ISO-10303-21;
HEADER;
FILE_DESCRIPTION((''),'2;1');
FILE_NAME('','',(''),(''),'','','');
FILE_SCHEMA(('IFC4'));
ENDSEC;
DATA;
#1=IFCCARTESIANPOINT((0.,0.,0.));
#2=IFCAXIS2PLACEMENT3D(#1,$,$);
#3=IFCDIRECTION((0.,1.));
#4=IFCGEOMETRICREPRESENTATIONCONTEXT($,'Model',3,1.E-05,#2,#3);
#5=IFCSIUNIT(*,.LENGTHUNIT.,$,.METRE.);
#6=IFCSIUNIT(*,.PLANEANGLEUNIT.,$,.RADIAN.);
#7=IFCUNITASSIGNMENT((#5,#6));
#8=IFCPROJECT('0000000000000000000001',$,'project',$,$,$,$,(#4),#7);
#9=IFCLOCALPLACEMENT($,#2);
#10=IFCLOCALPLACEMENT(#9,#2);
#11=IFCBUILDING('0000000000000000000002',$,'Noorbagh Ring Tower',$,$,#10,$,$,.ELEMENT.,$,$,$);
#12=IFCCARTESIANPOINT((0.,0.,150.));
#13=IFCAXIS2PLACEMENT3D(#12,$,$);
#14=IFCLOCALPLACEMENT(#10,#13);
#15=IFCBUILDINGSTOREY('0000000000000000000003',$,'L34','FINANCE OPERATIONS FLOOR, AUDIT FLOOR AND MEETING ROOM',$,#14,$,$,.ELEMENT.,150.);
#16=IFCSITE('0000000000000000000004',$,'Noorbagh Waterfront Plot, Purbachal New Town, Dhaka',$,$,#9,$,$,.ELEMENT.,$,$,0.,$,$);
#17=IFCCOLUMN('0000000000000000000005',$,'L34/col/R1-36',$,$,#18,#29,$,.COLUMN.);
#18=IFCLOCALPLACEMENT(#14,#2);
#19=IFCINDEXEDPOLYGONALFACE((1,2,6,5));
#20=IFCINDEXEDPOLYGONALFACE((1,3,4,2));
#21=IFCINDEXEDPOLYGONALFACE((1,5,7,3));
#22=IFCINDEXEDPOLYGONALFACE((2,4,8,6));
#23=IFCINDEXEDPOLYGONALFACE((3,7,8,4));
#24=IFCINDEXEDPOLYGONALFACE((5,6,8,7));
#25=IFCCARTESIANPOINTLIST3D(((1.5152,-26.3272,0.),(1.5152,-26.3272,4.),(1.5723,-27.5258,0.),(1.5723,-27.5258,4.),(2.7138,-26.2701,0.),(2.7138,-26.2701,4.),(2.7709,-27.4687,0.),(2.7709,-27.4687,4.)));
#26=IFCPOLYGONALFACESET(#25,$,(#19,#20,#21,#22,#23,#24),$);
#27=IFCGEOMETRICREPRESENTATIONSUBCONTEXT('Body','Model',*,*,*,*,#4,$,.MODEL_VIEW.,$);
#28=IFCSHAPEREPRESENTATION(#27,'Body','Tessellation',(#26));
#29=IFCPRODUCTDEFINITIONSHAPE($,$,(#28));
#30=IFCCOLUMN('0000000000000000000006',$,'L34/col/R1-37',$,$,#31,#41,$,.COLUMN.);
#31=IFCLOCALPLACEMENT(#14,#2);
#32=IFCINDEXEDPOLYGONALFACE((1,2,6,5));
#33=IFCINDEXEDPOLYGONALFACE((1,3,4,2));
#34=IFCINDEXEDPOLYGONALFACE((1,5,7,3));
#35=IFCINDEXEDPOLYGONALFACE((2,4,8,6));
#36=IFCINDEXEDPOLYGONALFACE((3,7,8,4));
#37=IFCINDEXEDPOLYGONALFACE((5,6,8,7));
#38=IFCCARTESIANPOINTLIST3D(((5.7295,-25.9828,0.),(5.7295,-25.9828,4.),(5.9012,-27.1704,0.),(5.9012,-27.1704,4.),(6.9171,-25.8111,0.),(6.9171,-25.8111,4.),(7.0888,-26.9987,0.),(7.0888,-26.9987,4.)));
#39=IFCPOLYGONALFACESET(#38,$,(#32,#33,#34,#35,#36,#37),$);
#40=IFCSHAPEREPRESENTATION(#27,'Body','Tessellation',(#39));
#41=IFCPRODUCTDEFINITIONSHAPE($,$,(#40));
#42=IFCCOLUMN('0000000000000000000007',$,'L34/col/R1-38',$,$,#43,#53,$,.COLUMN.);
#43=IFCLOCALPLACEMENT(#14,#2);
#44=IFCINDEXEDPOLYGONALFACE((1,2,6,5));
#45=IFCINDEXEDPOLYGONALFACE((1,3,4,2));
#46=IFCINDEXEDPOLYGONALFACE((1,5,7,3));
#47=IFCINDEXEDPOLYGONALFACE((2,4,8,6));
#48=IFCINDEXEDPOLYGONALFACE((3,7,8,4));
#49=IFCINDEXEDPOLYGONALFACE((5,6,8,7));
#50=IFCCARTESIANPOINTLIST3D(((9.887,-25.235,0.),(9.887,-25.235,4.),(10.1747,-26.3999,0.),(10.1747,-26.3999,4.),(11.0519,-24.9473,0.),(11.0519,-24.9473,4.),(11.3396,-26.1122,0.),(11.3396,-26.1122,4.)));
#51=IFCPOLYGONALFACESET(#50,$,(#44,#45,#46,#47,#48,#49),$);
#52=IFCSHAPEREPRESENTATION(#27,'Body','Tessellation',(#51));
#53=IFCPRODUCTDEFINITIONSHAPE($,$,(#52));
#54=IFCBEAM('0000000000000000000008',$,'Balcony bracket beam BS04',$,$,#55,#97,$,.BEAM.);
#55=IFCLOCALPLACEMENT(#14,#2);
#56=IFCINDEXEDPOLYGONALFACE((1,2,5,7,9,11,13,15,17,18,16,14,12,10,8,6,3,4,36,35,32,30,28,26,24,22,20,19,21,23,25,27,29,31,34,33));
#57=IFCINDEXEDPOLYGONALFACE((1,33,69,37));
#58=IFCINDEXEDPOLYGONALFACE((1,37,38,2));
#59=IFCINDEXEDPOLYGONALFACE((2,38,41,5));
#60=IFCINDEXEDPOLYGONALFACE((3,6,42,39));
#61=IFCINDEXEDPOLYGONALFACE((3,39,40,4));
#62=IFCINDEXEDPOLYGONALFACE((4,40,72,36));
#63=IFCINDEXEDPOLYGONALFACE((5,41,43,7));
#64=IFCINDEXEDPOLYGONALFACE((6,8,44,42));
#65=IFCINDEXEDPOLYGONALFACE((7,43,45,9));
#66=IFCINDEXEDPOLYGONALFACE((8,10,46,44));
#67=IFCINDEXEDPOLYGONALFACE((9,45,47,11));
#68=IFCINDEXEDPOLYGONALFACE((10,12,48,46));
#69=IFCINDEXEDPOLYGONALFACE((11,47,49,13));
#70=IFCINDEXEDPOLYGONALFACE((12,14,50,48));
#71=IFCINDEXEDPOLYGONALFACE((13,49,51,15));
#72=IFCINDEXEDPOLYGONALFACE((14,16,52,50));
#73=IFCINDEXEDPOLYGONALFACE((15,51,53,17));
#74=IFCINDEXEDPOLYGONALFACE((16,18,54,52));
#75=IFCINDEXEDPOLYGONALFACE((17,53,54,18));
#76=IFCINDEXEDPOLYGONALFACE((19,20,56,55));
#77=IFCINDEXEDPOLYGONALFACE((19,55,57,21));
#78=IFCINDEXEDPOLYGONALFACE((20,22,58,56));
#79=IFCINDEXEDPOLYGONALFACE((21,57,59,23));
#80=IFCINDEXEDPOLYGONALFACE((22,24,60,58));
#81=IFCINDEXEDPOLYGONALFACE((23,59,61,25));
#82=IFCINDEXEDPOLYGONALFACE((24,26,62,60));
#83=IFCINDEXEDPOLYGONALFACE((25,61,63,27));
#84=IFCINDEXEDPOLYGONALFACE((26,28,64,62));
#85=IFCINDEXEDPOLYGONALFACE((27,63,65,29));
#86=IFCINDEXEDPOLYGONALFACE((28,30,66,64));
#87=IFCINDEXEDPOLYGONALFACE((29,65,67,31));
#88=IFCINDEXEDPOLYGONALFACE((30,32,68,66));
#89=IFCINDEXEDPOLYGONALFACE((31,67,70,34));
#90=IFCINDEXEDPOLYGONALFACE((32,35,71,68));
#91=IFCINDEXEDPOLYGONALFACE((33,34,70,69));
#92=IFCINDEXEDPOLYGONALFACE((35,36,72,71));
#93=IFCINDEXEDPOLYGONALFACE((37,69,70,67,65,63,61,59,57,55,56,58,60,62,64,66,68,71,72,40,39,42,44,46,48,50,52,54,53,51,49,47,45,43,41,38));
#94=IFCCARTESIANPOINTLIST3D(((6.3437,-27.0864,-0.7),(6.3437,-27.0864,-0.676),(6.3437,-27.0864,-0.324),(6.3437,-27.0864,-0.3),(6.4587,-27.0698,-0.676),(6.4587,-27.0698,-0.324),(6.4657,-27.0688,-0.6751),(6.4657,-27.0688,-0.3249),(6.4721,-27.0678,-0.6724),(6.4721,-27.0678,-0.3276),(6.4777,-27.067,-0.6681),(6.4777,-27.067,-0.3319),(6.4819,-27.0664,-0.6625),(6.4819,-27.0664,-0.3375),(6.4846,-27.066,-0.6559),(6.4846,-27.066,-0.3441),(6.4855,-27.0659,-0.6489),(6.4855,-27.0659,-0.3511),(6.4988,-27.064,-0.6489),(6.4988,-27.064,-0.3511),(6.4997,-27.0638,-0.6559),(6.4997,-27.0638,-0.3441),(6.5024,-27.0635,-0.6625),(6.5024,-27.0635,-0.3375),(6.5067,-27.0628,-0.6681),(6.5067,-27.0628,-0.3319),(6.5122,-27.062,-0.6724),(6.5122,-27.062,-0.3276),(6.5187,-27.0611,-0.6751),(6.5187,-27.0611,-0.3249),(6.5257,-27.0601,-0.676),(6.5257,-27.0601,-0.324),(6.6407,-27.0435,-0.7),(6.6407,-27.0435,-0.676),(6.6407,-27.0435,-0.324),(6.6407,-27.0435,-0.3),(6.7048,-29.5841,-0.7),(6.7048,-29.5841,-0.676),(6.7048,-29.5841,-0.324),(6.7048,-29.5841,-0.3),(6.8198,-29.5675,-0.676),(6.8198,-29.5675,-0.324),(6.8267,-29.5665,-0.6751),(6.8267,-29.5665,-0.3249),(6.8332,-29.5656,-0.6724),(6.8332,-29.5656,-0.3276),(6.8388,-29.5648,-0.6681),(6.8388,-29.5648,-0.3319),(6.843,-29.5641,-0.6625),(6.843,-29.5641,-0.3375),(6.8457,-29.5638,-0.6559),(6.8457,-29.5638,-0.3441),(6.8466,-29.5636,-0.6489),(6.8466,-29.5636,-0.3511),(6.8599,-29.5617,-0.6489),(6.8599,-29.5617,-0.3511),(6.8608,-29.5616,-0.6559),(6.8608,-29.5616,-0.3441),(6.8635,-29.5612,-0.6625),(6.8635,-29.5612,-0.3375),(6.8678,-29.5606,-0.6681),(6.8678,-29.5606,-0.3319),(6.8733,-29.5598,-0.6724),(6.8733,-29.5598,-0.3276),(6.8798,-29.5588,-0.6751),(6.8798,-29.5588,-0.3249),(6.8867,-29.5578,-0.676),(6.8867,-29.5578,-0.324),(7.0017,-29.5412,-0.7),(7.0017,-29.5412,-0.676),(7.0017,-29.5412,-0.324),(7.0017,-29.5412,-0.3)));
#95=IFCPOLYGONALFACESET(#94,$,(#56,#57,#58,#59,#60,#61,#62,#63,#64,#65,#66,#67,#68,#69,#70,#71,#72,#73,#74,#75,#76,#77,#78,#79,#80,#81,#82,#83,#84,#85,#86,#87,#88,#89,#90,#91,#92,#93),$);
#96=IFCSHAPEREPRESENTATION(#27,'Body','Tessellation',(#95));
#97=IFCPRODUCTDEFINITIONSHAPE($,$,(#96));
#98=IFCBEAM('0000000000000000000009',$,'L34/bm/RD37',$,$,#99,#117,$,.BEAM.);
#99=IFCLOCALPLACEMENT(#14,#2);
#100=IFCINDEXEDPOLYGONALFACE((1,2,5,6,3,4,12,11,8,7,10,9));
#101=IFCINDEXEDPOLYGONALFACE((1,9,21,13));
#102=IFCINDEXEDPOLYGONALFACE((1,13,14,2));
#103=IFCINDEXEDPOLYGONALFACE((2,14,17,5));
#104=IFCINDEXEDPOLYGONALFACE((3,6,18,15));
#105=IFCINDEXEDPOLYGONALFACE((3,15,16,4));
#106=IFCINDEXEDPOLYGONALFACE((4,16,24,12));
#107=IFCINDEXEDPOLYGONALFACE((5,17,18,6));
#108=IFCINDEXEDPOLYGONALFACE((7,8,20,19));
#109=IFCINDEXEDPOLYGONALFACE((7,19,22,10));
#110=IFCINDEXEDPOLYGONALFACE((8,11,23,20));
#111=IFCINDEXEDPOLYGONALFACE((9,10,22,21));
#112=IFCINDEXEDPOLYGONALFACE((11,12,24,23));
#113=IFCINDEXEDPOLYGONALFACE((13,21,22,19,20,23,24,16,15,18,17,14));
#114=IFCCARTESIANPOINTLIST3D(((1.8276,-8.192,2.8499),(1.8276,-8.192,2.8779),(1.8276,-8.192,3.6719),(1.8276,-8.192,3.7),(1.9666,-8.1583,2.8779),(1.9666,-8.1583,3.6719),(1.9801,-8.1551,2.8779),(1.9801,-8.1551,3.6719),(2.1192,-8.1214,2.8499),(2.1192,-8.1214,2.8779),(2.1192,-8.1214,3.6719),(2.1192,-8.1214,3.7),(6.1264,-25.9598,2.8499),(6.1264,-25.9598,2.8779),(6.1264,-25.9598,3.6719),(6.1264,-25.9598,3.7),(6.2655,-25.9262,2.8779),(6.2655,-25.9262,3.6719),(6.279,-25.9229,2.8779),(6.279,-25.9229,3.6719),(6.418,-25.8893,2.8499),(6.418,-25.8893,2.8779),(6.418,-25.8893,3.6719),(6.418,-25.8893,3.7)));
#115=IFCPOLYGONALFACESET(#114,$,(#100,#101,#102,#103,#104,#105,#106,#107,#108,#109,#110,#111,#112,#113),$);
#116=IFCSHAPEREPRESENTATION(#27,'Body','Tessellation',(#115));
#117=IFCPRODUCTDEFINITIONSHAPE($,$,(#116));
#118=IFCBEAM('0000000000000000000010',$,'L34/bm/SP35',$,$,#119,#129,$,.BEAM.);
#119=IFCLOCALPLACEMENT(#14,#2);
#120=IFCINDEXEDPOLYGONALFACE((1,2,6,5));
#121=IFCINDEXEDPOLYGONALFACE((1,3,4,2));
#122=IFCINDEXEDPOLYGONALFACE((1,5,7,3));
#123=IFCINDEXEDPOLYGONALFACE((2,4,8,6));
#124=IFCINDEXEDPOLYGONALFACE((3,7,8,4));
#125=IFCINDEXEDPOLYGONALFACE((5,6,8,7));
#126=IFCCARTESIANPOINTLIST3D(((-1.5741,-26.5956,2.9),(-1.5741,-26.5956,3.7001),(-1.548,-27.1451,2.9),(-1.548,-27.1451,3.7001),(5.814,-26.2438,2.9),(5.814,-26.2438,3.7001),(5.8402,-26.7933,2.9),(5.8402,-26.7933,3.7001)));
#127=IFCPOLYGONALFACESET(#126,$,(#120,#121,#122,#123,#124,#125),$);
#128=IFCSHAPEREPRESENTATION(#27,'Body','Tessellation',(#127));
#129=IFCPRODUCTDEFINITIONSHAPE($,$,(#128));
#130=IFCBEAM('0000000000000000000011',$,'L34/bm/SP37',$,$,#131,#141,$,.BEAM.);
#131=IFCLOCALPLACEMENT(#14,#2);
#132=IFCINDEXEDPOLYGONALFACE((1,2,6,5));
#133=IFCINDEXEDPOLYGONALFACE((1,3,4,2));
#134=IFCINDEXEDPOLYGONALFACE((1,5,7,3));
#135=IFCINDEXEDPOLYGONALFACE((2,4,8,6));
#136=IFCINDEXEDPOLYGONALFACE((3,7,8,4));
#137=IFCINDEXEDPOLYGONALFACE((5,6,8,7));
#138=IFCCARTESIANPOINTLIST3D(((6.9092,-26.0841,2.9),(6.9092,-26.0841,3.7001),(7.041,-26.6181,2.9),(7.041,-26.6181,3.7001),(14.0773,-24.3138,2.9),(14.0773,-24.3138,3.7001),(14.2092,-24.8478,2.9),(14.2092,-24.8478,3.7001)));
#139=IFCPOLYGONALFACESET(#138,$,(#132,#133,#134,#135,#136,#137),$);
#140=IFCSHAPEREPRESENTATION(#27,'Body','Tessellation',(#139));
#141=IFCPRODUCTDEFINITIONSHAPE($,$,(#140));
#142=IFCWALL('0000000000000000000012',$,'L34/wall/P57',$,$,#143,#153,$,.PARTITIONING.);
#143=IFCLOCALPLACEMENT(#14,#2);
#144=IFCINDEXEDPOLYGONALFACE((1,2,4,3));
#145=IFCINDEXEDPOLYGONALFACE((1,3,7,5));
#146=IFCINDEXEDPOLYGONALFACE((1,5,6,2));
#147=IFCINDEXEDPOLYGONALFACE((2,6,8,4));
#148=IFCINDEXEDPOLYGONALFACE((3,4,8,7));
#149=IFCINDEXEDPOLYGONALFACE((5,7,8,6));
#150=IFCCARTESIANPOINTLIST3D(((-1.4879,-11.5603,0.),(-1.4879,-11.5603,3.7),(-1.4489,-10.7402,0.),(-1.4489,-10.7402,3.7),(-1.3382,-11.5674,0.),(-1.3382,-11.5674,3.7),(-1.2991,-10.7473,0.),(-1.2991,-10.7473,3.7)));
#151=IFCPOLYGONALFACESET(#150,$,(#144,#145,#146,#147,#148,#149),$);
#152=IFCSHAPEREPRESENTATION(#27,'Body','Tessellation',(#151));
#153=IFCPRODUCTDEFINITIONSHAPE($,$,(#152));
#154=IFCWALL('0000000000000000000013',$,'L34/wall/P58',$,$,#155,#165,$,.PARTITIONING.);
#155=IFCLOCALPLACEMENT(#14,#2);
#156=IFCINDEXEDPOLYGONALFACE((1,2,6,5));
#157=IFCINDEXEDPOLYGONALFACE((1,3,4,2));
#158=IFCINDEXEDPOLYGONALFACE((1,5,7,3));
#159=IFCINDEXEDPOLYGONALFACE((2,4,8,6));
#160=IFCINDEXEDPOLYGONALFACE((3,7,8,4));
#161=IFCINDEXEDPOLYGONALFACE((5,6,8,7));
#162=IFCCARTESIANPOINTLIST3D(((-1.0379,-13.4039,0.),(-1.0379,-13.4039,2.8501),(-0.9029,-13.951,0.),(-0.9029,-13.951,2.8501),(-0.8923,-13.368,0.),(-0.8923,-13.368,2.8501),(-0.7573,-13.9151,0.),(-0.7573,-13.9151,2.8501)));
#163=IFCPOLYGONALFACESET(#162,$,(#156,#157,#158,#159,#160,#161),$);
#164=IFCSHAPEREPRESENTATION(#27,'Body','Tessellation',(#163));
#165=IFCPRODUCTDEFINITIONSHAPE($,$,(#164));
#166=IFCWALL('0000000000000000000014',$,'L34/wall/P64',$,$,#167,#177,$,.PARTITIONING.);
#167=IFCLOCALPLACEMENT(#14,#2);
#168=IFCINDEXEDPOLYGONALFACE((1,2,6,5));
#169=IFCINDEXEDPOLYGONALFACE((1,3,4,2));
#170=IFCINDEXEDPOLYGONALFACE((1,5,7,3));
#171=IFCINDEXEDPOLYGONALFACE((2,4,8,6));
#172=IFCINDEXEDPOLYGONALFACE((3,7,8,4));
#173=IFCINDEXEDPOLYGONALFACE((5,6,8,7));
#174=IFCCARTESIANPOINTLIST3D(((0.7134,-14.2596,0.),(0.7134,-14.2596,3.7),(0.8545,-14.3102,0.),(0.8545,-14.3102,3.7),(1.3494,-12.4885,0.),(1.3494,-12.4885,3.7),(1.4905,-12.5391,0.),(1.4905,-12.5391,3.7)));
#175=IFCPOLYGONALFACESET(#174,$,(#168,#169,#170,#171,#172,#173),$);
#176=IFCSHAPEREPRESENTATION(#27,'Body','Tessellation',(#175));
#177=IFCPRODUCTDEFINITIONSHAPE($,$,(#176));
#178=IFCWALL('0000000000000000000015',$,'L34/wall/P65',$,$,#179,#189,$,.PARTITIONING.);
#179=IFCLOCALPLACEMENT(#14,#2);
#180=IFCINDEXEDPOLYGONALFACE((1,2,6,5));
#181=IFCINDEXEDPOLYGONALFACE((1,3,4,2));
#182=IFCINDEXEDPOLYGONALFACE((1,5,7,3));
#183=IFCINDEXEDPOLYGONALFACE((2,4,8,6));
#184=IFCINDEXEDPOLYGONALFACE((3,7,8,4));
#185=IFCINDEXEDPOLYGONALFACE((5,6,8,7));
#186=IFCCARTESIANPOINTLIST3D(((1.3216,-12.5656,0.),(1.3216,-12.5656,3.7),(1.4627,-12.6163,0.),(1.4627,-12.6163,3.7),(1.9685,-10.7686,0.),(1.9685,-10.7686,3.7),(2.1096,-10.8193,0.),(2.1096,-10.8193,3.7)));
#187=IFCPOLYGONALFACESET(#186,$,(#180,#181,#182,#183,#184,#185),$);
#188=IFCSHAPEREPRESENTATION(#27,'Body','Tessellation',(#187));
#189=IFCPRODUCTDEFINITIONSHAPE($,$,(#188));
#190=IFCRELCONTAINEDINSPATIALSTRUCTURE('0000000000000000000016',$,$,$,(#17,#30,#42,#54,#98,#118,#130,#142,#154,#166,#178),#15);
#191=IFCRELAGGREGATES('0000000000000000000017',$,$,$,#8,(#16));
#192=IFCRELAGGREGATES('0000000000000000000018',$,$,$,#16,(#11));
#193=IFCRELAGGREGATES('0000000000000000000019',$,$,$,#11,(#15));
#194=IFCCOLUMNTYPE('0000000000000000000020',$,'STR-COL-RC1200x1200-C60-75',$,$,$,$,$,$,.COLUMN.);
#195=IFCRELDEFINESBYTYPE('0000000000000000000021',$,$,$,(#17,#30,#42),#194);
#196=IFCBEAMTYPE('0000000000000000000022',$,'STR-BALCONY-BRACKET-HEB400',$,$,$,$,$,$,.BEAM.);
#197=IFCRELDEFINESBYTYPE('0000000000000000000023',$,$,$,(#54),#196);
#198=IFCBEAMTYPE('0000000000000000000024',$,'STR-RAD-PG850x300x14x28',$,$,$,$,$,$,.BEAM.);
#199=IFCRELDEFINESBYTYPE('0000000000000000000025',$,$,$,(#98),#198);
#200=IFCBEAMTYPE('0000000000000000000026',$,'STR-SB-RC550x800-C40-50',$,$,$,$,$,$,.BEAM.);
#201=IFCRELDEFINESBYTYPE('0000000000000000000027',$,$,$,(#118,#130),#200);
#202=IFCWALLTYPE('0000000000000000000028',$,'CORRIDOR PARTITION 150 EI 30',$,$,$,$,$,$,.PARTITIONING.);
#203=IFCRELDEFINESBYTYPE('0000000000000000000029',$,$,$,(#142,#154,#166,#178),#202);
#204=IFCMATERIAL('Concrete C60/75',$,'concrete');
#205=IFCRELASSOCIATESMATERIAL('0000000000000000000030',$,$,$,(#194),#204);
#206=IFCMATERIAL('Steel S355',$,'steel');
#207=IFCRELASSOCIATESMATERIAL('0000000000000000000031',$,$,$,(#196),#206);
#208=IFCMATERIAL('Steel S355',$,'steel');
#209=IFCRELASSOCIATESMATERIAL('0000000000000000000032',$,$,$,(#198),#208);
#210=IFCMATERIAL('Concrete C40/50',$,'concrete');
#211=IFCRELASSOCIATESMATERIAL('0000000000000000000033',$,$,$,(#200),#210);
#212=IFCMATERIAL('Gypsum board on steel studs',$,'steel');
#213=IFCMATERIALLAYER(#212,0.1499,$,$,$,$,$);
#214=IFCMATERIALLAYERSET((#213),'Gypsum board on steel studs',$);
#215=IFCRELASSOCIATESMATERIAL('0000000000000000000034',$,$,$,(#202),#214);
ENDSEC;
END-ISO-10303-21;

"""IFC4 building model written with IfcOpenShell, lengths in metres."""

from ifc_helpers import new_model, si_unit, direction, frame, frame_2d, origin, origin_2d, place, context, subcontext, project, spatial, rectangle, i_section, extrude, material, layer, layer_set, material_profile, profile_set, type_object, element, save


model = new_model("IFC4")

# Units and contexts
model_context = context("Model", 3, precision=1e-05, world=origin(), true_north=direction((0.0, 1.0)))
body_context = subcontext(model_context, "Body", "Model", "MODEL_VIEW")
ifc_project = project(units=[si_unit("LENGTHUNIT", "METRE"), si_unit("PLANEANGLEUNIT", "RADIAN")], contexts=[model_context])

# Site, building, storey
site_placement = place(None, origin())
site = spatial("IfcSite", under=ifc_project, at=site_placement, Name="Noorbagh Waterfront Plot, Purbachal New Town, Dhaka", CompositionType="ELEMENT", RefElevation=0.0)
building_placement = place(site_placement, origin())
building = spatial("IfcBuilding", under=site, at=building_placement, Name="Noorbagh Ring Tower", CompositionType="ELEMENT")
storey_placement = place(building_placement, frame((0.0, 0.0, 150.0)))
storey = spatial("IfcBuildingStorey", under=building, at=storey_placement, Name="L34", Description="FINANCE OPERATIONS FLOOR, AUDIT FLOOR AND MEETING ROOM", CompositionType="ELEMENT", Elevation=150.0)

# Columns
ifc_material_1 = material(Name="Concrete C60/75", Category="concrete")
ifc_material_profile_1 = material_profile(ifc_material_1, rectangle(XDim=1.2, YDim=1.2, at=origin_2d()), Name="RC1200x1200")
ifc_profile_set_1 = profile_set([ifc_material_profile_1], Name="Concrete C60/75")
column_type = type_object("IfcColumnType", Name="STR-COL-RC1200x1200-C60-75", PredefinedType="COLUMN", material=ifc_profile_set_1)
for number, where, z_axis, x_axis, name in (
    (1, (2.1431, -26.8979, 0.0), (0.0, 0.0, 1.0), (0.998869, 0.047553, 0.0), "L34/col/R1-36"),
    (2, (6.4092, -26.4907, 0.0), (0.0, 0.0, 1.0), (0.989713, 0.143066, 0.0), "L34/col/R1-37"),
    (3, (10.6133, -25.6736, 0.0), (0.0, 0.0, 1.0), (0.970829, 0.239771, 0.0), "L34/col/R1-38"),
):
    element("IfcColumn", number, at=place(storey_placement, frame(where, z_axis=z_axis, x_axis=x_axis)), inside=storey, type_object=column_type, Name=name, PredefinedType="COLUMN", context=body_context, shape_type="SweptSolid", body=[
        extrude(rectangle(XDim=1.2, YDim=1.2, at=origin_2d()), origin(), (0.0, 0.0, 1.0), 4.0),
    ])

# Beams
ifc_material_2 = material(Name="Steel S355", Category="steel")
ifc_material_profile_2 = material_profile(ifc_material_2, i_section(OverallWidth=0.3, OverallDepth=0.3999, WebThickness=0.0134, FlangeThickness=0.0239, FilletRadius=0.0271, at=origin_2d()), Name="HEB400")
ifc_profile_set_2 = profile_set([ifc_material_profile_2], Name="Steel S355")
beam_type_1 = type_object("IfcBeamType", Name="STR-BALCONY-BRACKET-HEB400", PredefinedType="BEAM", material=ifc_profile_set_2)
beam_1_placement = place(storey_placement, frame((6.4922, -27.0649, -0.5), z_axis=(0.143073, -0.989712, 0.0), x_axis=(0.989712, 0.143073, 0.0)))
element("IfcBeam", 4, at=beam_1_placement, inside=storey, type_object=beam_type_1, Name="Balcony bracket beam BS04", PredefinedType="BEAM", context=body_context, shape_type="SweptSolid", body=[
    extrude(i_section(OverallWidth=0.3, OverallDepth=0.3999, WebThickness=0.0134, FlangeThickness=0.0239, FilletRadius=0.0271, at=origin_2d()), origin(), (0.0, 0.0, 1.0), 2.5237),
])
ifc_material_3 = material(Name="Steel S355", Category="steel")
ifc_material_profile_3 = material_profile(ifc_material_3, i_section(OverallWidth=0.3, OverallDepth=0.8501, WebThickness=0.0139, FlangeThickness=0.0281, at=origin_2d()), Name="PG850x300x14x28")
ifc_profile_set_3 = profile_set([ifc_material_profile_3], Name="Steel S355")
beam_type_2 = type_object("IfcBeamType", Name="STR-RAD-PG850x300x14x28", PredefinedType="BEAM", material=ifc_profile_set_3)
beam_2_placement = place(storey_placement, frame((6.2722, -25.9246, 3.2749), z_axis=(-0.23516, 0.971957, 0.0), x_axis=(-0.971957, -0.23516, 0.0)))
element("IfcBeam", 5, at=beam_2_placement, inside=storey, type_object=beam_type_2, Name="L34/bm/RD37", PredefinedType="BEAM", context=body_context, shape_type="SweptSolid", body=[
    extrude(i_section(OverallWidth=0.3, OverallDepth=0.8501, WebThickness=0.0139, FlangeThickness=0.0281, at=origin_2d()), origin(), (0.0, 0.0, 1.0), 18.2805),
])
ifc_material_4 = material(Name="Concrete C40/50", Category="concrete")
ifc_material_profile_4 = material_profile(ifc_material_4, rectangle(XDim=0.55, YDim=0.8, at=origin_2d()), Name="RC550x800")
ifc_profile_set_4 = profile_set([ifc_material_profile_4], Name="Concrete C40/50")
beam_type_3 = type_object("IfcBeamType", Name="STR-SB-RC550x800-C40-50", PredefinedType="BEAM", material=ifc_profile_set_4)
beam_3_placement = place(storey_placement, frame((-1.561, -26.8704, 3.3), z_axis=(0.998868, 0.047564, 0.0), x_axis=(-0.047564, 0.998868, 0.0)))
element("IfcBeam", 6, at=beam_3_placement, inside=storey, type_object=beam_type_3, Name="L34/bm/SP35", PredefinedType="BEAM", context=body_context, shape_type="SweptSolid", body=[
    extrude(rectangle(XDim=0.55, YDim=0.8, at=origin_2d()), origin(), (0.0, 0.0, 1.0), 7.3965),
])
beam_4_placement = place(storey_placement, frame((6.9751, -26.3511, 3.3), z_axis=(0.970833, 0.239757, 0.0), x_axis=(-0.239757, 0.970833, 0.0)))
element("IfcBeam", 7, at=beam_4_placement, inside=storey, type_object=beam_type_3, Name="L34/bm/SP37", PredefinedType="BEAM", context=body_context, shape_type="SweptSolid", body=[
    extrude(rectangle(XDim=0.55, YDim=0.8, at=origin_2d()), origin(), (0.0, 0.0, 1.0), 7.3835),
])

# Walls
ifc_material_5 = material(Name="Gypsum board on steel studs", Category="steel")
ifc_layer_1 = layer(ifc_material_5, 0.1499)
ifc_layer_set_1 = layer_set([ifc_layer_1], Name="Gypsum board on steel studs")
wall_type_1 = type_object("IfcWallType", Name="CORRIDOR PARTITION 150 EI 30", PredefinedType="PARTITIONING", material=ifc_layer_set_1)
wall_1_placement = place(storey_placement, frame((-1.4131, -11.564, 0.0), z_axis=(0.0, 0.0, 1.0), x_axis=(0.047579, 0.998867, 0.0)))
element("IfcWall", 8, at=wall_1_placement, inside=storey, type_object=wall_type_1, Name="L34/wall/P57", PredefinedType="PARTITIONING", context=body_context, shape_type="SweptSolid", body=[
    extrude(rectangle(XDim=0.821, YDim=0.1499, at=frame_2d((0.4106, 0.0))), origin(), (0.0, 0.0, 1.0), 3.7),
])
wall_2_placement = place(storey_placement, frame((-0.9651, -13.386, 0.0), z_axis=(0.0, 0.0, 1.0), x_axis=(0.239578, -0.970877, 0.0)))
element("IfcWall", 9, at=wall_2_placement, inside=storey, type_object=wall_type_1, Name="L34/wall/P58", PredefinedType="PARTITIONING", context=body_context, shape_type="SweptSolid", body=[
    extrude(rectangle(XDim=0.5635, YDim=0.1499, at=frame_2d((0.2817, 0.0))), origin(), (0.0, 0.0, 1.0), 2.8501),
])
wall_3_placement = place(storey_placement, frame((0.7839, -14.2849, 0.0), z_axis=(0.0, 0.0, 1.0), x_axis=(0.33798, 0.941153, 0.0)))
element("IfcWall", 10, at=wall_3_placement, inside=storey, type_object=wall_type_1, Name="L34/wall/P64", PredefinedType="PARTITIONING", context=body_context, shape_type="SweptSolid", body=[
    extrude(rectangle(XDim=1.8818, YDim=0.1499, at=frame_2d((0.9409, 0.0))), origin(), (0.0, 0.0, 1.0), 3.7),
])
wall_4_placement = place(storey_placement, frame((1.3921, -12.5911, 0.0), z_axis=(0.0, 0.0, 1.0), x_axis=(0.338724, 0.940886, 0.0)))
element("IfcWall", 11, at=wall_4_placement, inside=storey, type_object=wall_type_1, Name="L34/wall/P65", PredefinedType="PARTITIONING", context=body_context, shape_type="SweptSolid", body=[
    extrude(rectangle(XDim=1.9099, YDim=0.1499, at=frame_2d((0.9551, 0.0))), origin(), (0.0, 0.0, 1.0), 3.7),
])

save(model, "model.ifc")
